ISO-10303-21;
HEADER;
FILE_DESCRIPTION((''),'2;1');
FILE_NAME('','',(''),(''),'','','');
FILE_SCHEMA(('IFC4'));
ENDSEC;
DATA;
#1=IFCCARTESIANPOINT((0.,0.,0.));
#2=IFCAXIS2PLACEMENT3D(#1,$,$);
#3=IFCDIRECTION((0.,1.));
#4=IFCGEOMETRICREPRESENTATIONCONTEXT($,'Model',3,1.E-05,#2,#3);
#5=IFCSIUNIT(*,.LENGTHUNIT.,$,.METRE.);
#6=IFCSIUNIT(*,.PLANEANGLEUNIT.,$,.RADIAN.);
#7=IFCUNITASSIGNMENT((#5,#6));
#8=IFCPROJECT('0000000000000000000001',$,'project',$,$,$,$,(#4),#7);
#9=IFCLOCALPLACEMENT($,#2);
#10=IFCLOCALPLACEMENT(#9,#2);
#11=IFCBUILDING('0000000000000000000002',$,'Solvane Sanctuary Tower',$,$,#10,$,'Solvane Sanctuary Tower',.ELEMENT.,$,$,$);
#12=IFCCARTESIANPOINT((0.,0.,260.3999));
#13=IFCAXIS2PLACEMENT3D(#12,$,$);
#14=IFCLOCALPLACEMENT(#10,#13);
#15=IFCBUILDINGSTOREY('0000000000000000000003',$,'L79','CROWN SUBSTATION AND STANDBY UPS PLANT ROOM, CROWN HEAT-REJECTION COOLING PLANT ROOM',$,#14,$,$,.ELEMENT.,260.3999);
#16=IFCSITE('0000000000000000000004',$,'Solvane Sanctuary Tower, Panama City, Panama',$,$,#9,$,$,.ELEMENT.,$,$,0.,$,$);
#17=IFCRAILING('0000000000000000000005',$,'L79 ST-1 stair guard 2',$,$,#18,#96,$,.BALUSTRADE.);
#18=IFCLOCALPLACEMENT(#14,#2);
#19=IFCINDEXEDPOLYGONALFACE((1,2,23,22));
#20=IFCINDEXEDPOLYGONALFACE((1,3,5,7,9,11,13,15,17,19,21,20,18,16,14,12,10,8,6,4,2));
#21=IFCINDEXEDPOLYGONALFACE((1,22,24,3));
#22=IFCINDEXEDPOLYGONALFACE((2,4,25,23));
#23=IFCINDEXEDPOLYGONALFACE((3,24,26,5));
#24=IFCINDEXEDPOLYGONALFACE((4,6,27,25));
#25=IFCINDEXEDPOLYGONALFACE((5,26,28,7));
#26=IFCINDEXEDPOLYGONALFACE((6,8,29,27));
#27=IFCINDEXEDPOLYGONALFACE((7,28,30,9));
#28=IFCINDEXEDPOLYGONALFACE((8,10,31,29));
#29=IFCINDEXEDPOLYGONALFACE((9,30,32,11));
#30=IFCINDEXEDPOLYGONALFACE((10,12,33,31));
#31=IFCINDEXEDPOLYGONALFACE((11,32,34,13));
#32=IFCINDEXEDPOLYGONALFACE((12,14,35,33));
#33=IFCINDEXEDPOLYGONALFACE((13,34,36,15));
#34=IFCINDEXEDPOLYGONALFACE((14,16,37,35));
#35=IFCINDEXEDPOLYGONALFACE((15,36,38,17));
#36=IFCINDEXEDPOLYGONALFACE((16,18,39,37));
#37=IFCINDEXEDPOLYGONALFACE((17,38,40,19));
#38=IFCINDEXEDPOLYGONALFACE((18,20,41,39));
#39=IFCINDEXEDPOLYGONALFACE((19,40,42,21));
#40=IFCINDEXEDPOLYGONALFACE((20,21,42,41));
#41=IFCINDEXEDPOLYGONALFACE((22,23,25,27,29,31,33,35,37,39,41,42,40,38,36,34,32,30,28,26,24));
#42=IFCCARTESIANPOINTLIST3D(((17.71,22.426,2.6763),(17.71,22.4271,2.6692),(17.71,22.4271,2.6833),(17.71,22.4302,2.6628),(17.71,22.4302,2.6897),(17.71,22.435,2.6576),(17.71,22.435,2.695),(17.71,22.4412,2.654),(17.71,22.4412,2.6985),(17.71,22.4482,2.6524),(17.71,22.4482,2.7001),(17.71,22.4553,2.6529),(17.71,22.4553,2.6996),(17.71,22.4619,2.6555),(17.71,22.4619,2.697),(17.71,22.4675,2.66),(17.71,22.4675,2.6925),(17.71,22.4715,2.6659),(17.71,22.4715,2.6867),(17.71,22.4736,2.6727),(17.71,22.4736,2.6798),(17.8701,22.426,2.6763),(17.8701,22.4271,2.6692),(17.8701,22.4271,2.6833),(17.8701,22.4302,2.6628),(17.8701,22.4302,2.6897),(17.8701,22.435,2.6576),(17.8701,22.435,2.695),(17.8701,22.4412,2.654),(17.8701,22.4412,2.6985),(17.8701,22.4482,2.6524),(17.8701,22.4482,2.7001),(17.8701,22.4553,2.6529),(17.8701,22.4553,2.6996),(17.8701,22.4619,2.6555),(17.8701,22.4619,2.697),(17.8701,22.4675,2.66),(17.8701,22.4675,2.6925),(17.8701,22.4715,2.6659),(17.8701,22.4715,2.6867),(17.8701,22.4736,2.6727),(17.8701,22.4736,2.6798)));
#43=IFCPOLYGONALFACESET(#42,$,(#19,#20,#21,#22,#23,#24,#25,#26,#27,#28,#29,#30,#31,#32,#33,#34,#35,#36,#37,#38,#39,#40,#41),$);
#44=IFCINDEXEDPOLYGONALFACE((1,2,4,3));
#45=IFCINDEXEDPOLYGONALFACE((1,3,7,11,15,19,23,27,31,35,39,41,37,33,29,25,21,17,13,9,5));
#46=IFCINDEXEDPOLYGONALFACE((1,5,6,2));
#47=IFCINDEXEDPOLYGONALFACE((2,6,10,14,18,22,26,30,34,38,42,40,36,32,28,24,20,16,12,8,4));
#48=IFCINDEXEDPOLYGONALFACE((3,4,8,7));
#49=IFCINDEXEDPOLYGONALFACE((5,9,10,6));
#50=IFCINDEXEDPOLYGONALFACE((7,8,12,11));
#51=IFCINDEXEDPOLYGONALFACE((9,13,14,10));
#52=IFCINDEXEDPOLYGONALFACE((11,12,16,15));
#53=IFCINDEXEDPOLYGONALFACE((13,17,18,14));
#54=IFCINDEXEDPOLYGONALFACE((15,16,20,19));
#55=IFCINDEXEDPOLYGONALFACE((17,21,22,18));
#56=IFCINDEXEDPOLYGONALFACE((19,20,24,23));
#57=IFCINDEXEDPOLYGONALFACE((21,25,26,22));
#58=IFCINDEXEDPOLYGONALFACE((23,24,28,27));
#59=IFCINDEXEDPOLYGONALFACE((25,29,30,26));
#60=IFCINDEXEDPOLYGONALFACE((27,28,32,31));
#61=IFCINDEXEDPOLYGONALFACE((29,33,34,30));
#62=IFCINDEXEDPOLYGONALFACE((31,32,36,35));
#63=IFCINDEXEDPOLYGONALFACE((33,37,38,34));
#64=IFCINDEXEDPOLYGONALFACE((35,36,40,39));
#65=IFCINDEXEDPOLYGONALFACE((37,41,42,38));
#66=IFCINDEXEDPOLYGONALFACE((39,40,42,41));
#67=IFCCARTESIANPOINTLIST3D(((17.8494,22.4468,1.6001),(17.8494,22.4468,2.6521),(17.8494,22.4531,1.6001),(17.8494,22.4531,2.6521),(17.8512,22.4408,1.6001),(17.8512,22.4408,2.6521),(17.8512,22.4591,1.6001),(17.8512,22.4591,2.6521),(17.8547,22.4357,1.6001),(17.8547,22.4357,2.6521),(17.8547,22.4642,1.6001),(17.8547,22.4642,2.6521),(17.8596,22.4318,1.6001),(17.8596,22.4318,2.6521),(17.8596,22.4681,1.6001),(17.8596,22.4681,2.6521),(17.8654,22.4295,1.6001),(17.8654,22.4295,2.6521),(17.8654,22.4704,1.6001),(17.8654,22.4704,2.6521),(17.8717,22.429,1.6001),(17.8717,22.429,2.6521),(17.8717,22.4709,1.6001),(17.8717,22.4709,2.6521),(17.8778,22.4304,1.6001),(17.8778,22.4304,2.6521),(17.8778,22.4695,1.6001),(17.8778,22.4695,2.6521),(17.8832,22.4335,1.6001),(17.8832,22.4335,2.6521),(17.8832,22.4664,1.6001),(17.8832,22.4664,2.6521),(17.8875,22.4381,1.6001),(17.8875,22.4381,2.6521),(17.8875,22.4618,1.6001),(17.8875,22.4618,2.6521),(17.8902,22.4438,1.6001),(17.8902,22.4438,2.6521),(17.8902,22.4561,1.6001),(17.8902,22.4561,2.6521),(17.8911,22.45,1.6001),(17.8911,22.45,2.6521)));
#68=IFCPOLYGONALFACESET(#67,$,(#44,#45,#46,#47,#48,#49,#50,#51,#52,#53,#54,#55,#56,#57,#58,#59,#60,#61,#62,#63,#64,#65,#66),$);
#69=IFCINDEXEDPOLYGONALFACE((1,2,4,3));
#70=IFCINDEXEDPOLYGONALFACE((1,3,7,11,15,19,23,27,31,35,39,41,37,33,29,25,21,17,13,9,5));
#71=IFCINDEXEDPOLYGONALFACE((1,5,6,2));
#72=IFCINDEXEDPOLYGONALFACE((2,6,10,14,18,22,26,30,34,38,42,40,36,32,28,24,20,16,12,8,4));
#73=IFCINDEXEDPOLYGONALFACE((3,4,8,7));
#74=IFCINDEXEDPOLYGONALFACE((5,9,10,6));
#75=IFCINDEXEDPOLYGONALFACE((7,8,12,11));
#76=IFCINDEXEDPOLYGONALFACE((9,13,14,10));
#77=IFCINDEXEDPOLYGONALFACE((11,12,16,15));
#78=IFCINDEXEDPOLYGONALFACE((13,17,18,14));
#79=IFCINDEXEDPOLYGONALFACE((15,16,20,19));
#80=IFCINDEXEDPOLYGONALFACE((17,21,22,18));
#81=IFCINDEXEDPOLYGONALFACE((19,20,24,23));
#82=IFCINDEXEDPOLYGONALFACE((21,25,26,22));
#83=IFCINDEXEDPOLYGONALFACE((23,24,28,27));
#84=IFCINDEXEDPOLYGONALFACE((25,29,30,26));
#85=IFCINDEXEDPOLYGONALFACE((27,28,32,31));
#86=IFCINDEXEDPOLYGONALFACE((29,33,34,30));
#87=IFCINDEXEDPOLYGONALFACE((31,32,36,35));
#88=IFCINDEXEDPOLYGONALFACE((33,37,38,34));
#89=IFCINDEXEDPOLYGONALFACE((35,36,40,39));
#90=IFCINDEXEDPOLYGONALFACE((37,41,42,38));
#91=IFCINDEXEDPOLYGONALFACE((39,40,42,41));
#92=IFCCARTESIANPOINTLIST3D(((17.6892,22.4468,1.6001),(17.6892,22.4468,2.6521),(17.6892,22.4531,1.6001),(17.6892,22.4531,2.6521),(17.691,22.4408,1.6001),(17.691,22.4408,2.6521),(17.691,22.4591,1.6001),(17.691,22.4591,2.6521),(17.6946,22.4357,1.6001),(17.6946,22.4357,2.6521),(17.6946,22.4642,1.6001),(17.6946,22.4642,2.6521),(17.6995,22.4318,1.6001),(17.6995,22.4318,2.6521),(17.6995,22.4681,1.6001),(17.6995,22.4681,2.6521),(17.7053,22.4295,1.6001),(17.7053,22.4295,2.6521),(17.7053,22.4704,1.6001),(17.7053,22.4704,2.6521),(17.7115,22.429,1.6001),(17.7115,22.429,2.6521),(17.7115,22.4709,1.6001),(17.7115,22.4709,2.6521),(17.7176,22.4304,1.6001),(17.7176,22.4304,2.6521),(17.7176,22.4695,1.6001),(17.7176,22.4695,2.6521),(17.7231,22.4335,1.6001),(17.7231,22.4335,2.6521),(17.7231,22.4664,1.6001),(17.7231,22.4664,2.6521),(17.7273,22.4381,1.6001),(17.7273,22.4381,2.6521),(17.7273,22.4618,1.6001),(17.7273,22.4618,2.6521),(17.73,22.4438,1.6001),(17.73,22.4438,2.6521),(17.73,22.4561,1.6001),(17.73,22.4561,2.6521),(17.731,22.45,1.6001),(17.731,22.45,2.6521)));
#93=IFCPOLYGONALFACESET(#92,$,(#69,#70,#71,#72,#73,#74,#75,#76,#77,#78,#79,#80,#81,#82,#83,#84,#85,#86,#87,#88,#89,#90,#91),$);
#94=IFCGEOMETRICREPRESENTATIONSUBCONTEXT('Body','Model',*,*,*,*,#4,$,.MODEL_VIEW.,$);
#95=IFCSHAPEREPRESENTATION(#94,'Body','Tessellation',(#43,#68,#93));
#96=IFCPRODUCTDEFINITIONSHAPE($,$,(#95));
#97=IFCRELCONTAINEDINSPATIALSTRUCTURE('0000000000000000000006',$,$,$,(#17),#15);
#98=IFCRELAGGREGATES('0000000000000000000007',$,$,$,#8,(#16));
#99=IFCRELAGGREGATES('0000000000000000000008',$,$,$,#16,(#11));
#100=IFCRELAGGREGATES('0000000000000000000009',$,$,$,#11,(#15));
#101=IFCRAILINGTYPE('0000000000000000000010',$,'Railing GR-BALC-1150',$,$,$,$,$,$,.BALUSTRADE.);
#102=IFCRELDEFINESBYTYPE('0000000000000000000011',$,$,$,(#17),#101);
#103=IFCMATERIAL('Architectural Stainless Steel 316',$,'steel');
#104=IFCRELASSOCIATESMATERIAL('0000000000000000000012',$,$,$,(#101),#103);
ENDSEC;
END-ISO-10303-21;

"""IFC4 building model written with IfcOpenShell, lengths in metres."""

from ifc_helpers import new_model, si_unit, direction, frame, origin, origin_2d, place, context, subcontext, project, spatial, circle, extrude, material, type_object, element, save


model = new_model("IFC4")

# Units and contexts
model_context = context("Model", 3, precision=1e-05, world=origin(), true_north=direction((0.0, 1.0)))
body_context = subcontext(model_context, "Body", "Model", "MODEL_VIEW")
ifc_project = project(units=[si_unit("LENGTHUNIT", "METRE"), si_unit("PLANEANGLEUNIT", "RADIAN")], contexts=[model_context])

# Site, building, storey
site_placement = place(None, origin())
site = spatial("IfcSite", under=ifc_project, at=site_placement, Name="Solvane Sanctuary Tower, Panama City, Panama", CompositionType="ELEMENT", RefElevation=0.0)
building_placement = place(site_placement, origin())
building = spatial("IfcBuilding", under=site, at=building_placement, Name="Solvane Sanctuary Tower", LongName="Solvane Sanctuary Tower", CompositionType="ELEMENT")
storey_placement = place(building_placement, frame((0.0, 0.0, 260.3999)))
storey = spatial("IfcBuildingStorey", under=building, at=storey_placement, Name="L79", Description="CROWN SUBSTATION AND STANDBY UPS PLANT ROOM, CROWN HEAT-REJECTION COOLING PLANT ROOM", CompositionType="ELEMENT", Elevation=260.3999)

# Shared definitions
ifc_material_1 = material(Name="Architectural Stainless Steel 316", Category="steel")

# Railing
railing_type_1 = type_object("IfcRailingType", Name="Railing GR-BALC-1150", PredefinedType="BALUSTRADE", material=ifc_material_1)
railing_1_placement = place(storey_placement, frame((17.8701, 22.45, 1.6001)))
element("IfcRailing", 1, at=railing_1_placement, inside=storey, type_object=railing_type_1, Name="L79 ST-1 stair guard 2", PredefinedType="BALUSTRADE", context=body_context, shape_type="SweptSolid", body=[
    extrude(circle(Radius=0.0239, at=origin_2d()), frame((0.0, 0.0, 1.0762), z_axis=(-1.0, 0.0, 0.0), x_axis=(0.0, -1.0, 0.0)), (0.0, 0.0, 1.0), 0.1602),
    extrude(circle(Radius=0.021, at=origin_2d()), origin(), (0.0, 0.0, 1.0), 1.052),
    extrude(circle(Radius=0.021, at=origin_2d()), frame((-0.1602, 0.0, 0.0)), (0.0, 0.0, 1.0), 1.052),
])

save(model, "model.ifc")
